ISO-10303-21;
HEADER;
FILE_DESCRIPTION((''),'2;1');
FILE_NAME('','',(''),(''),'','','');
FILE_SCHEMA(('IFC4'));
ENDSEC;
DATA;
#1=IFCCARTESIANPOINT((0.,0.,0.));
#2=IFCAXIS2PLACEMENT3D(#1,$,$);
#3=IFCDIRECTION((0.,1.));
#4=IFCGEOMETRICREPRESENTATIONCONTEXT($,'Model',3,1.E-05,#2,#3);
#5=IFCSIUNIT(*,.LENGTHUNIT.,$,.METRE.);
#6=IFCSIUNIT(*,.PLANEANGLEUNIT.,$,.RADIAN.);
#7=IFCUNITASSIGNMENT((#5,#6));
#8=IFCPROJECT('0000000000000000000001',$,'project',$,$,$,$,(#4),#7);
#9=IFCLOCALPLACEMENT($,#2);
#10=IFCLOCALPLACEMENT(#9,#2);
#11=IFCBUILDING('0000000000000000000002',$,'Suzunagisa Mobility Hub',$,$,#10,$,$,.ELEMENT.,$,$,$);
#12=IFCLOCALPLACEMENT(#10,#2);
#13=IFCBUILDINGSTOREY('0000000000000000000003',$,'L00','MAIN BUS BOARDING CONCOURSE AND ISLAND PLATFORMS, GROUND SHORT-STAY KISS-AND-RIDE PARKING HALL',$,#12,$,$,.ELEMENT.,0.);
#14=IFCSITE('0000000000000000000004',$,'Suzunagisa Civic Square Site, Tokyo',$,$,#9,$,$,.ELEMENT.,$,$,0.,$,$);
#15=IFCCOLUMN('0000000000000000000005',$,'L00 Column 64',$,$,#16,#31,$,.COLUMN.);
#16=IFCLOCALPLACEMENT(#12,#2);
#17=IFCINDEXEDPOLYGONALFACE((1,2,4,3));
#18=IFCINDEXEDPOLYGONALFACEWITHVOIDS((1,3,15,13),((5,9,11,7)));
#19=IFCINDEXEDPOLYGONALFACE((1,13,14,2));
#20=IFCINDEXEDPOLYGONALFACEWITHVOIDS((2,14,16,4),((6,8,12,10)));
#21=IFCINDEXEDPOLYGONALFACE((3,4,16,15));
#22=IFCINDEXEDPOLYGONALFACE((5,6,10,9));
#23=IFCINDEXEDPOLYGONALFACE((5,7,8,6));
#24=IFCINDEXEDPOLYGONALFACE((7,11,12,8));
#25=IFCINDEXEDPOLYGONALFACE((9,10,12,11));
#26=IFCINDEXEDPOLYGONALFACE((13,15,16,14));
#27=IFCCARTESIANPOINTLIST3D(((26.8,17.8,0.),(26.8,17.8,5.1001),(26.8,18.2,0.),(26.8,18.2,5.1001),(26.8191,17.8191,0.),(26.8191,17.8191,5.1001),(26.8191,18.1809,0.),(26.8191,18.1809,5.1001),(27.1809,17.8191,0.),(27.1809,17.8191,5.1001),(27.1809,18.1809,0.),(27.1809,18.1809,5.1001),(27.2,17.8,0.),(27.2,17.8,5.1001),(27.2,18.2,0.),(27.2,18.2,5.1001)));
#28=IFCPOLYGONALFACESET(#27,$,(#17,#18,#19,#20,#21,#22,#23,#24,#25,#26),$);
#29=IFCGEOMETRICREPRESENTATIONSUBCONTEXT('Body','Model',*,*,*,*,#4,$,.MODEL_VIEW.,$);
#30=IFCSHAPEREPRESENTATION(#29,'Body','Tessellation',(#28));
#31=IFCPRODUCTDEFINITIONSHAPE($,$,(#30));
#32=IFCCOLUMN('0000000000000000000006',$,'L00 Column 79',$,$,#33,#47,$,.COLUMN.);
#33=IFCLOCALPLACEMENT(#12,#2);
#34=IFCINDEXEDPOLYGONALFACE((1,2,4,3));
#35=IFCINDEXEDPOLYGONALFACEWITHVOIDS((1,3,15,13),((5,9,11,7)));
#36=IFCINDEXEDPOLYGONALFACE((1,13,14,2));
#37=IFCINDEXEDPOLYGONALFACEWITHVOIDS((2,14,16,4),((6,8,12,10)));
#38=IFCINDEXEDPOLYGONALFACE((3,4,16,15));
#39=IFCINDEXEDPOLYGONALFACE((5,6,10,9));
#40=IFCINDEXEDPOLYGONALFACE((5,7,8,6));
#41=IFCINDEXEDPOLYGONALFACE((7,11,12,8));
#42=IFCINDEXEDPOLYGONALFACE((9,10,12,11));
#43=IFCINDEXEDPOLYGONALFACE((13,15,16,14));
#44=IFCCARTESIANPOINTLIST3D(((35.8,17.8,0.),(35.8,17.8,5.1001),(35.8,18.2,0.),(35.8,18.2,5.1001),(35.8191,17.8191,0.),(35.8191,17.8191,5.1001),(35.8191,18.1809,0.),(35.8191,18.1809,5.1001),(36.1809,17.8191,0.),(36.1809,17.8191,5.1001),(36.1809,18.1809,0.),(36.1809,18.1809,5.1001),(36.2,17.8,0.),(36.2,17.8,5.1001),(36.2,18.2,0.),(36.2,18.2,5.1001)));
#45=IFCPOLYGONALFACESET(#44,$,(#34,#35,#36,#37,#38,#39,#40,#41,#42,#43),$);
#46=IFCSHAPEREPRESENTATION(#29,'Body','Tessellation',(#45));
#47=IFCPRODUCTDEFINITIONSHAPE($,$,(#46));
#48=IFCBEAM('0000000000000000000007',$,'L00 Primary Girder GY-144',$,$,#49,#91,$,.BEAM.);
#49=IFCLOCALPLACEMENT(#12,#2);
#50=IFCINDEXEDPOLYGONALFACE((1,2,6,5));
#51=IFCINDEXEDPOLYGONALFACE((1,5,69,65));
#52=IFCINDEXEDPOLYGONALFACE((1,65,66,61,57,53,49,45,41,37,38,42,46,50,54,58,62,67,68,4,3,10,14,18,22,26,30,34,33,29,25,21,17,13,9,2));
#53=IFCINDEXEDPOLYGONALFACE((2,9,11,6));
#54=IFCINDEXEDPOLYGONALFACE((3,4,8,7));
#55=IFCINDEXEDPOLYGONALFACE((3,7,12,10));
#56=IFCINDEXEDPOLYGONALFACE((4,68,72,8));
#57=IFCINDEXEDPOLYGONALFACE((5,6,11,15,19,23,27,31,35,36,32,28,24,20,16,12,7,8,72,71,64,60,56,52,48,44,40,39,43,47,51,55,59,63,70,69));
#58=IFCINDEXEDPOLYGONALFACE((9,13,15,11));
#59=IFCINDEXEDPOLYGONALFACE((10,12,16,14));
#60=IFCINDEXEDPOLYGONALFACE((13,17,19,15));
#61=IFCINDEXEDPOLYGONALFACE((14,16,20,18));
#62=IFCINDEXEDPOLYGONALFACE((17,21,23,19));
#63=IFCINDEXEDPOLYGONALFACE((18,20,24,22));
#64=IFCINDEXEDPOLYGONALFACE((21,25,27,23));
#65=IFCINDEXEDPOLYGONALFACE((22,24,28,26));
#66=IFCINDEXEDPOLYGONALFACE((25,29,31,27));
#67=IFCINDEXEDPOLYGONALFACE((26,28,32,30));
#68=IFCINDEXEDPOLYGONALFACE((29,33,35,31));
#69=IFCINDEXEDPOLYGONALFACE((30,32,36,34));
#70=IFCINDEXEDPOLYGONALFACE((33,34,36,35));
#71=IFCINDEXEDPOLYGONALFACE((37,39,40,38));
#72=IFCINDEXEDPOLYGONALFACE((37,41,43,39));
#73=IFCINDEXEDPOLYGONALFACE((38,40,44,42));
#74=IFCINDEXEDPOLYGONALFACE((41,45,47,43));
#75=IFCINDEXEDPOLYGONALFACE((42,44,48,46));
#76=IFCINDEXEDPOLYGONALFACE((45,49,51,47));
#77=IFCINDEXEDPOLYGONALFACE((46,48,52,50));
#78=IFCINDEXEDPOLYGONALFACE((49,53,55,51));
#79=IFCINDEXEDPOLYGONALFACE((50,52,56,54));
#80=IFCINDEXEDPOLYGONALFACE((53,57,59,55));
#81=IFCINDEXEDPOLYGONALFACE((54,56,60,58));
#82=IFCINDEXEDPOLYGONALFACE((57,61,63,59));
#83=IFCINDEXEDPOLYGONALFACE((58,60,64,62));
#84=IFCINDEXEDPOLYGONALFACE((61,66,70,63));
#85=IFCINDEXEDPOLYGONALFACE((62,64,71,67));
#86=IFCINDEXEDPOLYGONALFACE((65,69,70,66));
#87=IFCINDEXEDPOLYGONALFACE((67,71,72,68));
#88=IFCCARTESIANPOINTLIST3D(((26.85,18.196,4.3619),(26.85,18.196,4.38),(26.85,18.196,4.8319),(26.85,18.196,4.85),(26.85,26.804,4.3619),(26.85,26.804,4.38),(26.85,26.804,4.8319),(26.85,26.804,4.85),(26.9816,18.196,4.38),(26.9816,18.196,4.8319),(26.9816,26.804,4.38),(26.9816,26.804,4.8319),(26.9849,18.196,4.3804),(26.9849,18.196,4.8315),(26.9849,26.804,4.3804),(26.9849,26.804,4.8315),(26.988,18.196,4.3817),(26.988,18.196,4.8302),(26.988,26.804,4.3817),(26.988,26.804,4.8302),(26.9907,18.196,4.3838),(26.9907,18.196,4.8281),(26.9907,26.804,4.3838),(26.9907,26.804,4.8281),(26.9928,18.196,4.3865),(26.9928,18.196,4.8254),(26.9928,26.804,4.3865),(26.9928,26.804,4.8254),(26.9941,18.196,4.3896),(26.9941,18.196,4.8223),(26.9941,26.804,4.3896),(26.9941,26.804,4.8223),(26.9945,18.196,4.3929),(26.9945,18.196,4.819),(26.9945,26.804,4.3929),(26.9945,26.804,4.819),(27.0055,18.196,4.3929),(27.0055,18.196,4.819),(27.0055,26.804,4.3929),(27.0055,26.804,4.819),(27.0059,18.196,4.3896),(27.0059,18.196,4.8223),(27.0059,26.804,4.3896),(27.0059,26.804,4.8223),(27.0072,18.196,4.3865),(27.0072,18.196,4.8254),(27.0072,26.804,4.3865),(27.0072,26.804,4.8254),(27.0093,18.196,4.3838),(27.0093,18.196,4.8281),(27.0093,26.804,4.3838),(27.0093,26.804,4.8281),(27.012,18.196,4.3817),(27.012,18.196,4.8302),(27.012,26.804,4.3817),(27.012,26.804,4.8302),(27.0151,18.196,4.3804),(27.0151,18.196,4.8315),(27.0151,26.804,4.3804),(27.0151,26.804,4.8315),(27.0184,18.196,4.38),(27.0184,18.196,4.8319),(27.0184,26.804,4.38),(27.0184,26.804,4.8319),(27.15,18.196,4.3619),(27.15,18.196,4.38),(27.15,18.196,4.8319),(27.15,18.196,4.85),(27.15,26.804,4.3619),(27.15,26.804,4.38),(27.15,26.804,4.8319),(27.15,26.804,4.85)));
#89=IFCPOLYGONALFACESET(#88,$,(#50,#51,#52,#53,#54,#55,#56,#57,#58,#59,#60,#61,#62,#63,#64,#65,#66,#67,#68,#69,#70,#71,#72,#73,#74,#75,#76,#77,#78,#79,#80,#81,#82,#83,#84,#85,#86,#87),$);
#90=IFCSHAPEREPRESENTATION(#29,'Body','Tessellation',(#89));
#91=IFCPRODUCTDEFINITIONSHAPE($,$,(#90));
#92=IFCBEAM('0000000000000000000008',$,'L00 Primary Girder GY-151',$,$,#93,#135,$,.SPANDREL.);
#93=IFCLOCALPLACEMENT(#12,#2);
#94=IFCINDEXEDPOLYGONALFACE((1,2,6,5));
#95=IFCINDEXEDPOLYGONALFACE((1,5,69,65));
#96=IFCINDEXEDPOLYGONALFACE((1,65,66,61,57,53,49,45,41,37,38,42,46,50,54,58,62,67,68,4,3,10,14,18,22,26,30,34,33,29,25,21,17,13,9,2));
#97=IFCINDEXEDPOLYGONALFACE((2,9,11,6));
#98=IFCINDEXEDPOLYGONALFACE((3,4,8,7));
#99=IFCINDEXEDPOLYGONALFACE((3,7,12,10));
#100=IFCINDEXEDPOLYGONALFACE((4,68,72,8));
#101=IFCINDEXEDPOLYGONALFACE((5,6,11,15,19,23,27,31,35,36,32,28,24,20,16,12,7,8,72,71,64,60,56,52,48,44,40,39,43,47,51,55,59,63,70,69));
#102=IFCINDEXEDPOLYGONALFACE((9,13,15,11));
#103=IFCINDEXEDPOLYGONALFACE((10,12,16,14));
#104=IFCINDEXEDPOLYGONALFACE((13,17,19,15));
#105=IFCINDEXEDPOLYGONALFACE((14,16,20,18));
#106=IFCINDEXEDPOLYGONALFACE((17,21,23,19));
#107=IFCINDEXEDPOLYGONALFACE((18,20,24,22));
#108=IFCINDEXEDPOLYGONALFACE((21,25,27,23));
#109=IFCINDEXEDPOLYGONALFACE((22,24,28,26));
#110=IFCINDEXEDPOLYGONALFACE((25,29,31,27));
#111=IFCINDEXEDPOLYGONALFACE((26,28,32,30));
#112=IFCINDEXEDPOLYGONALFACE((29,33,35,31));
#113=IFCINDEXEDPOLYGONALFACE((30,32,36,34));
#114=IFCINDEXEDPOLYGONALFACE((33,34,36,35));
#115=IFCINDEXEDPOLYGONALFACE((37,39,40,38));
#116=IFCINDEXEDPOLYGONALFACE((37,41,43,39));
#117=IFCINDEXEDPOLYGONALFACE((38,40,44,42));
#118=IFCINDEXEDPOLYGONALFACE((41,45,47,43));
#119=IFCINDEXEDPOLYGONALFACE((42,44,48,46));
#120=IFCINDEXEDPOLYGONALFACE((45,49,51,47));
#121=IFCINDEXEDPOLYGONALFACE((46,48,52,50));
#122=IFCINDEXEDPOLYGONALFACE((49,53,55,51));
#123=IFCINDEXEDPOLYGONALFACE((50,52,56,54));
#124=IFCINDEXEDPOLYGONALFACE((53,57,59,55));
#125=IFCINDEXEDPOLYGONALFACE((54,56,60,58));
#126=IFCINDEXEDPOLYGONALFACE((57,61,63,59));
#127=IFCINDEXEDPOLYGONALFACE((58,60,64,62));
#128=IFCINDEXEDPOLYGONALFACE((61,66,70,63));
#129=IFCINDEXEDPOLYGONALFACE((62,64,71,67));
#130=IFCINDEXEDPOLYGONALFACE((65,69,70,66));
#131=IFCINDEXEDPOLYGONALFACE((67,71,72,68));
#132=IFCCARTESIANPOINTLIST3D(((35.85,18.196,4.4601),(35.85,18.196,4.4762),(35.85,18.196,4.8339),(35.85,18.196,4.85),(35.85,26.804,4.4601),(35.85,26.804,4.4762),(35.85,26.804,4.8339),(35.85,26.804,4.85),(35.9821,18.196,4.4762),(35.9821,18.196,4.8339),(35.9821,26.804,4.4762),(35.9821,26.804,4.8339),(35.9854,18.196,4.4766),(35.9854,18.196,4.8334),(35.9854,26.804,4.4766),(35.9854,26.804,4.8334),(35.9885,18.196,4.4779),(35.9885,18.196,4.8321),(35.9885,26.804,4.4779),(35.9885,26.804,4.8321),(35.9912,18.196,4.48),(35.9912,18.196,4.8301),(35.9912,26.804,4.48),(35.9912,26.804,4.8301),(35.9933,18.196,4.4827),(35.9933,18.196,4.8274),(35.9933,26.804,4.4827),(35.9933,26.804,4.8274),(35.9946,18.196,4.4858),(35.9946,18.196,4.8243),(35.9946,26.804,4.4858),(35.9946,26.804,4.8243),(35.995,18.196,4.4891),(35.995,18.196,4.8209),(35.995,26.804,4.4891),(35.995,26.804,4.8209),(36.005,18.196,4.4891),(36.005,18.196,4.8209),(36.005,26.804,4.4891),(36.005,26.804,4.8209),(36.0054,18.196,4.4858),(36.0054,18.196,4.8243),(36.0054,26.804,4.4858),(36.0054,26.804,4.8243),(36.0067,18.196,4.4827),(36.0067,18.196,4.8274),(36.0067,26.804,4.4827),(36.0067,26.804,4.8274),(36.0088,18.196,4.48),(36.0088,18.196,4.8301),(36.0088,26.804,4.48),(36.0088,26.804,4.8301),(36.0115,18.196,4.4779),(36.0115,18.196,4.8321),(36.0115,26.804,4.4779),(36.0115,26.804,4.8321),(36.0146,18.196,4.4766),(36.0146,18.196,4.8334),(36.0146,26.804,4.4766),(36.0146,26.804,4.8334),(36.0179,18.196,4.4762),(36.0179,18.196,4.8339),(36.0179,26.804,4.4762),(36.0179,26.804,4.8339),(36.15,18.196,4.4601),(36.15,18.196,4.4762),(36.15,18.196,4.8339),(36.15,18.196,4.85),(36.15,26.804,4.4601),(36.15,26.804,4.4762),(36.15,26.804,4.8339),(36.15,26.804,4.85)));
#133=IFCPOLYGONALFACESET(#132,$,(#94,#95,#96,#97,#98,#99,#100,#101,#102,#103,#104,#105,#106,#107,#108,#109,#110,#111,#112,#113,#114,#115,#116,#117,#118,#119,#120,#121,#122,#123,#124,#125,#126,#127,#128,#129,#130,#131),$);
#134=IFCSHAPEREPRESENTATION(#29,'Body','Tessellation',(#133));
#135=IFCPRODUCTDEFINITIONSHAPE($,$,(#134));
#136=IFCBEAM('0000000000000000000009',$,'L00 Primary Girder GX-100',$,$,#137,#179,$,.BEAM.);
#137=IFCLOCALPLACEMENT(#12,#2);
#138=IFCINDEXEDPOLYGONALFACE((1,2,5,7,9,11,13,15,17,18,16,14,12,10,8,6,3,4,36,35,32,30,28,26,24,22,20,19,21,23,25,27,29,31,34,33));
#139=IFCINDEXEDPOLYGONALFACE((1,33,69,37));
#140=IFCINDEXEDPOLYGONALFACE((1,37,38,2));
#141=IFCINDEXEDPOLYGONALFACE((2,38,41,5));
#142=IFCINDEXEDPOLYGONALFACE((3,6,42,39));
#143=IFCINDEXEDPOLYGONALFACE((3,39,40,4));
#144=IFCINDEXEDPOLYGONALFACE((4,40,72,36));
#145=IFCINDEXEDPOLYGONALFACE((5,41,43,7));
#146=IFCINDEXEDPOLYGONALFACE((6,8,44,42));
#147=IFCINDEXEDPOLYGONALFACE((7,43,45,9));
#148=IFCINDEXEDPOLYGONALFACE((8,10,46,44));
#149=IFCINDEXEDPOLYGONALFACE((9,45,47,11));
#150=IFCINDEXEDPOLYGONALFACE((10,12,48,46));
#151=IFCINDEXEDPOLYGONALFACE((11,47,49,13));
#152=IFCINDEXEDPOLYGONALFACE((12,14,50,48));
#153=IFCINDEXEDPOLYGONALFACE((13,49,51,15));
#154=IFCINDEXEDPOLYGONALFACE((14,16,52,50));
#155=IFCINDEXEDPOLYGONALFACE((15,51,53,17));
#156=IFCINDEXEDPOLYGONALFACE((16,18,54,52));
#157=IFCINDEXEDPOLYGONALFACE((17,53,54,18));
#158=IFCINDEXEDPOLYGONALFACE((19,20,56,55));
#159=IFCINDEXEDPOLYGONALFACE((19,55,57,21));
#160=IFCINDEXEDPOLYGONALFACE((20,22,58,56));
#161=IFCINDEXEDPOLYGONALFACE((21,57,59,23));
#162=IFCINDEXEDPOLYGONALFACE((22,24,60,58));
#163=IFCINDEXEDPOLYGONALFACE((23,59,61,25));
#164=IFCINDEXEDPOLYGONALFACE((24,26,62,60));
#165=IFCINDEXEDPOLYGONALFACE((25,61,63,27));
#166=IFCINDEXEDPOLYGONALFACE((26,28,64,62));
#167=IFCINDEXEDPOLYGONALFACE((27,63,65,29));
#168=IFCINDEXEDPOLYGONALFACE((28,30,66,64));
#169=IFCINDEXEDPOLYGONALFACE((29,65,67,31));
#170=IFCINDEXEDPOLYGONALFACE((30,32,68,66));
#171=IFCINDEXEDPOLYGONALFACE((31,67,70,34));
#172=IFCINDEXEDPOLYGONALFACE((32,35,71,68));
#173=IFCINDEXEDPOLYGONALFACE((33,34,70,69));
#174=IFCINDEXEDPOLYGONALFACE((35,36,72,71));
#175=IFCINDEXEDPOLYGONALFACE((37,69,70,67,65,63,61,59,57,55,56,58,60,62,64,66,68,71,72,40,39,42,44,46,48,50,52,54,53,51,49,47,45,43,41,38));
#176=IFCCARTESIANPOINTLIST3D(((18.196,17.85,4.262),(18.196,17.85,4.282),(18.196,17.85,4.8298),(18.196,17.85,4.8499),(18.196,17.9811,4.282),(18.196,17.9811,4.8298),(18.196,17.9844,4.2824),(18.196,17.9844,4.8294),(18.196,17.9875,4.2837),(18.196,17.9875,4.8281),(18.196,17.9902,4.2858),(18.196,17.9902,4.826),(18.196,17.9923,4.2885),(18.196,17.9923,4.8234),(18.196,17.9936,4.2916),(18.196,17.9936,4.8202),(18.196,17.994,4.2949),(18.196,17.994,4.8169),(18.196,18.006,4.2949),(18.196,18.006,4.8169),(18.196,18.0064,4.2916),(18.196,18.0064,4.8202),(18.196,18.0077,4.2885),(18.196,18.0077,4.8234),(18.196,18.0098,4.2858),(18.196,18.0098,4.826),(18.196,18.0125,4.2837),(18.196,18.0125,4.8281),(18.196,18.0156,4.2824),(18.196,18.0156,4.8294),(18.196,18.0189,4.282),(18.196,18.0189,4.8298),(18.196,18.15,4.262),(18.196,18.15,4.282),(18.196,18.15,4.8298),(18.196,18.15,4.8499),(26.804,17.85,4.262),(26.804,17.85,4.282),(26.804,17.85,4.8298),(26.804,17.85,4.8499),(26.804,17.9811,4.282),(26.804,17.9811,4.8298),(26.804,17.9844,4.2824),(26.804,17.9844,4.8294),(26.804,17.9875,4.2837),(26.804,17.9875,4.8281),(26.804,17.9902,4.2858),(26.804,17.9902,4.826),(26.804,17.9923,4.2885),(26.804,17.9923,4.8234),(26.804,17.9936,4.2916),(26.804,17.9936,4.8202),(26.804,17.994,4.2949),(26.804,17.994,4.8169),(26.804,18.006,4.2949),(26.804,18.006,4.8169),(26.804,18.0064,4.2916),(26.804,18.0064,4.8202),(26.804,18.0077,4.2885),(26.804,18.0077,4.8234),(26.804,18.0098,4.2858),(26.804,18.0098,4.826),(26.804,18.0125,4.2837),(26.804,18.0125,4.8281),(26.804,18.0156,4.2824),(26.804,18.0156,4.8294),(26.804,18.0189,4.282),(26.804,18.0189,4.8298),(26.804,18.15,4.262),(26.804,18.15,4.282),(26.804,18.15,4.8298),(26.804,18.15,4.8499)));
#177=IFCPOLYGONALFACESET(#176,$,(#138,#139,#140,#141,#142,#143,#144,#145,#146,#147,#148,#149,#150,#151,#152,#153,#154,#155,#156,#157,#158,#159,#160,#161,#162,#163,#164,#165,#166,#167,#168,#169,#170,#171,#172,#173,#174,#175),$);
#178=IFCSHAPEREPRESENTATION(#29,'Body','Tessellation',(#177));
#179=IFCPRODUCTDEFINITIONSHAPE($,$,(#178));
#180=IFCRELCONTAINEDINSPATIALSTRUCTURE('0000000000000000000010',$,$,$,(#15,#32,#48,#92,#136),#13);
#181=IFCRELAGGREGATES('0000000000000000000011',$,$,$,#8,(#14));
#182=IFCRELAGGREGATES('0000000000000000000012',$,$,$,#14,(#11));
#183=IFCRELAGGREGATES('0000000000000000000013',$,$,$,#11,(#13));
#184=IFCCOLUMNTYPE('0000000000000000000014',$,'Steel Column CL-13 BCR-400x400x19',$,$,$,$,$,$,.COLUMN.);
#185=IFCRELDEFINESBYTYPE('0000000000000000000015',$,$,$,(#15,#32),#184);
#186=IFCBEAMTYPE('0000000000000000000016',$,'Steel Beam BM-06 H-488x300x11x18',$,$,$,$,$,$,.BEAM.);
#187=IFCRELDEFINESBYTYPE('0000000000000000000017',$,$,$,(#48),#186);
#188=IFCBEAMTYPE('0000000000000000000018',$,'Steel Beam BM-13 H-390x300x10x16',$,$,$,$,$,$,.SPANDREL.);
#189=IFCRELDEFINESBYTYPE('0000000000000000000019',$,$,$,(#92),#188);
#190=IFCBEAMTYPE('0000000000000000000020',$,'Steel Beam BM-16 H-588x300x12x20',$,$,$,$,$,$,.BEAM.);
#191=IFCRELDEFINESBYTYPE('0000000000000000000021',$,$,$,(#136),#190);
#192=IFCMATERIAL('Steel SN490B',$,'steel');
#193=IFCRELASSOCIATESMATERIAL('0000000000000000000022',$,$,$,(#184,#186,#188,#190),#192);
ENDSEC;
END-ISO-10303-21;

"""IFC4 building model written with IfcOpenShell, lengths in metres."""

from ifc_helpers import new_model, si_unit, direction, frame, origin, origin_2d, place, context, subcontext, project, spatial, hollow_rectangle, i_section, extrude, material, material_profile, profile_set, type_object, element, save


model = new_model("IFC4")

# Units and contexts
model_context = context("Model", 3, precision=1e-05, world=origin(), true_north=direction((0.0, 1.0)))
body_context = subcontext(model_context, "Body", "Model", "MODEL_VIEW")
ifc_project = project(units=[si_unit("LENGTHUNIT", "METRE"), si_unit("PLANEANGLEUNIT", "RADIAN")], contexts=[model_context])

# Site, building, storey
site_placement = place(None, origin())
site = spatial("IfcSite", under=ifc_project, at=site_placement, Name="Suzunagisa Civic Square Site, Tokyo", CompositionType="ELEMENT", RefElevation=0.0)
building_placement = place(site_placement, origin())
building = spatial("IfcBuilding", under=site, at=building_placement, Name="Suzunagisa Mobility Hub", CompositionType="ELEMENT")
storey_placement = place(building_placement, origin())
storey = spatial("IfcBuildingStorey", under=building, at=storey_placement, Name="L00", Description="MAIN BUS BOARDING CONCOURSE AND ISLAND PLATFORMS, GROUND SHORT-STAY KISS-AND-RIDE PARKING HALL", CompositionType="ELEMENT", Elevation=0.0)

# Columns
ifc_material_1 = material(Name="Steel SN490B", Category="steel")
ifc_material_profile_1 = material_profile(ifc_material_1, hollow_rectangle(XDim=0.3999, YDim=0.3999, WallThickness=0.019, at=origin_2d()), Name="BCR-400x400x19")
ifc_profile_set_1 = profile_set([ifc_material_profile_1], Name="Steel SN490B")
column_type = type_object("IfcColumnType", Name="Steel Column CL-13 BCR-400x400x19", PredefinedType="COLUMN", material=ifc_profile_set_1)
for number, where, z_axis, x_axis, name in (
    (1, (27.0, 18.0, 0.0), (0.0, 0.0, 1.0), (1.0, 0.0, 0.0), "L00 Column 64"),
    (2, (36.0, 18.0, 0.0), (0.0, 0.0, 1.0), (1.0, 0.0, 0.0), "L00 Column 79"),
):
    element("IfcColumn", number, at=place(storey_placement, frame(where, z_axis=z_axis, x_axis=x_axis)), inside=storey, type_object=column_type, Name=name, PredefinedType="COLUMN", context=body_context, shape_type="SweptSolid", body=[
        extrude(hollow_rectangle(XDim=0.3999, YDim=0.3999, WallThickness=0.019, at=origin_2d()), origin(), (0.0, 0.0, 1.0), 5.1001),
    ])

# Beams
ifc_material_profile_2 = material_profile(ifc_material_1, i_section(OverallWidth=0.3, OverallDepth=0.488, WebThickness=0.011, FlangeThickness=0.0181, FilletRadius=0.0129, at=origin_2d()), Name="H-488x300x11x18")
ifc_profile_set_2 = profile_set([ifc_material_profile_2], Name="Steel SN490B")
beam_type_1 = type_object("IfcBeamType", Name="Steel Beam BM-06 H-488x300x11x18", PredefinedType="BEAM", material=ifc_profile_set_2)
beam_1_placement = place(storey_placement, frame((27.0, 18.196, 4.606), z_axis=(0.0, 1.0, 0.0), x_axis=(-1.0, 0.0, 0.0)))
element("IfcBeam", 3, at=beam_1_placement, inside=storey, type_object=beam_type_1, Name="L00 Primary Girder GY-144", PredefinedType="BEAM", context=body_context, shape_type="SweptSolid", body=[
    extrude(i_section(OverallWidth=0.3, OverallDepth=0.488, WebThickness=0.011, FlangeThickness=0.0181, FilletRadius=0.0129, at=origin_2d()), origin(), (0.0, 0.0, 1.0), 8.6079),
])
ifc_material_profile_3 = material_profile(ifc_material_1, i_section(OverallWidth=0.3, OverallDepth=0.3899, WebThickness=0.01, FlangeThickness=0.0161, FilletRadius=0.0129, at=origin_2d()), Name="H-390x300x10x16")
ifc_profile_set_3 = profile_set([ifc_material_profile_3], Name="Steel SN490B")
beam_type_2 = type_object("IfcBeamType", Name="Steel Beam BM-13 H-390x300x10x16", PredefinedType="SPANDREL", material=ifc_profile_set_3)
beam_2_placement = place(storey_placement, frame((36.0, 18.196, 4.655), z_axis=(0.0, 1.0, 0.0), x_axis=(-1.0, 0.0, 0.0)))
element("IfcBeam", 4, at=beam_2_placement, inside=storey, type_object=beam_type_2, Name="L00 Primary Girder GY-151", PredefinedType="SPANDREL", context=body_context, shape_type="SweptSolid", body=[
    extrude(i_section(OverallWidth=0.3, OverallDepth=0.3899, WebThickness=0.01, FlangeThickness=0.0161, FilletRadius=0.0129, at=origin_2d()), origin(), (0.0, 0.0, 1.0), 8.6079),
])
ifc_material_profile_4 = material_profile(ifc_material_1, i_section(OverallWidth=0.3, OverallDepth=0.5879, WebThickness=0.012, FlangeThickness=0.02, FilletRadius=0.0129, at=origin_2d()), Name="H-588x300x12x20")
ifc_profile_set_4 = profile_set([ifc_material_profile_4], Name="Steel SN490B")
beam_type_3 = type_object("IfcBeamType", Name="Steel Beam BM-16 H-588x300x12x20", PredefinedType="BEAM", material=ifc_profile_set_4)
for number, where, z_axis, x_axis, name in (
    (5, (18.196, 18.0, 4.5559), (1.0, 0.0, 0.0), (0.0, 1.0, 0.0), "L00 Primary Girder GX-100"),
):
    element("IfcBeam", number, at=place(storey_placement, frame(where, z_axis=z_axis, x_axis=x_axis)), inside=storey, type_object=beam_type_3, Name=name, PredefinedType="BEAM", context=body_context, shape_type="SweptSolid", body=[
        extrude(i_section(OverallWidth=0.3, OverallDepth=0.5879, WebThickness=0.012, FlangeThickness=0.02, FilletRadius=0.0129, at=origin_2d()), origin(), (0.0, 0.0, 1.0), 8.6079),
    ])

save(model, "model.ifc")
